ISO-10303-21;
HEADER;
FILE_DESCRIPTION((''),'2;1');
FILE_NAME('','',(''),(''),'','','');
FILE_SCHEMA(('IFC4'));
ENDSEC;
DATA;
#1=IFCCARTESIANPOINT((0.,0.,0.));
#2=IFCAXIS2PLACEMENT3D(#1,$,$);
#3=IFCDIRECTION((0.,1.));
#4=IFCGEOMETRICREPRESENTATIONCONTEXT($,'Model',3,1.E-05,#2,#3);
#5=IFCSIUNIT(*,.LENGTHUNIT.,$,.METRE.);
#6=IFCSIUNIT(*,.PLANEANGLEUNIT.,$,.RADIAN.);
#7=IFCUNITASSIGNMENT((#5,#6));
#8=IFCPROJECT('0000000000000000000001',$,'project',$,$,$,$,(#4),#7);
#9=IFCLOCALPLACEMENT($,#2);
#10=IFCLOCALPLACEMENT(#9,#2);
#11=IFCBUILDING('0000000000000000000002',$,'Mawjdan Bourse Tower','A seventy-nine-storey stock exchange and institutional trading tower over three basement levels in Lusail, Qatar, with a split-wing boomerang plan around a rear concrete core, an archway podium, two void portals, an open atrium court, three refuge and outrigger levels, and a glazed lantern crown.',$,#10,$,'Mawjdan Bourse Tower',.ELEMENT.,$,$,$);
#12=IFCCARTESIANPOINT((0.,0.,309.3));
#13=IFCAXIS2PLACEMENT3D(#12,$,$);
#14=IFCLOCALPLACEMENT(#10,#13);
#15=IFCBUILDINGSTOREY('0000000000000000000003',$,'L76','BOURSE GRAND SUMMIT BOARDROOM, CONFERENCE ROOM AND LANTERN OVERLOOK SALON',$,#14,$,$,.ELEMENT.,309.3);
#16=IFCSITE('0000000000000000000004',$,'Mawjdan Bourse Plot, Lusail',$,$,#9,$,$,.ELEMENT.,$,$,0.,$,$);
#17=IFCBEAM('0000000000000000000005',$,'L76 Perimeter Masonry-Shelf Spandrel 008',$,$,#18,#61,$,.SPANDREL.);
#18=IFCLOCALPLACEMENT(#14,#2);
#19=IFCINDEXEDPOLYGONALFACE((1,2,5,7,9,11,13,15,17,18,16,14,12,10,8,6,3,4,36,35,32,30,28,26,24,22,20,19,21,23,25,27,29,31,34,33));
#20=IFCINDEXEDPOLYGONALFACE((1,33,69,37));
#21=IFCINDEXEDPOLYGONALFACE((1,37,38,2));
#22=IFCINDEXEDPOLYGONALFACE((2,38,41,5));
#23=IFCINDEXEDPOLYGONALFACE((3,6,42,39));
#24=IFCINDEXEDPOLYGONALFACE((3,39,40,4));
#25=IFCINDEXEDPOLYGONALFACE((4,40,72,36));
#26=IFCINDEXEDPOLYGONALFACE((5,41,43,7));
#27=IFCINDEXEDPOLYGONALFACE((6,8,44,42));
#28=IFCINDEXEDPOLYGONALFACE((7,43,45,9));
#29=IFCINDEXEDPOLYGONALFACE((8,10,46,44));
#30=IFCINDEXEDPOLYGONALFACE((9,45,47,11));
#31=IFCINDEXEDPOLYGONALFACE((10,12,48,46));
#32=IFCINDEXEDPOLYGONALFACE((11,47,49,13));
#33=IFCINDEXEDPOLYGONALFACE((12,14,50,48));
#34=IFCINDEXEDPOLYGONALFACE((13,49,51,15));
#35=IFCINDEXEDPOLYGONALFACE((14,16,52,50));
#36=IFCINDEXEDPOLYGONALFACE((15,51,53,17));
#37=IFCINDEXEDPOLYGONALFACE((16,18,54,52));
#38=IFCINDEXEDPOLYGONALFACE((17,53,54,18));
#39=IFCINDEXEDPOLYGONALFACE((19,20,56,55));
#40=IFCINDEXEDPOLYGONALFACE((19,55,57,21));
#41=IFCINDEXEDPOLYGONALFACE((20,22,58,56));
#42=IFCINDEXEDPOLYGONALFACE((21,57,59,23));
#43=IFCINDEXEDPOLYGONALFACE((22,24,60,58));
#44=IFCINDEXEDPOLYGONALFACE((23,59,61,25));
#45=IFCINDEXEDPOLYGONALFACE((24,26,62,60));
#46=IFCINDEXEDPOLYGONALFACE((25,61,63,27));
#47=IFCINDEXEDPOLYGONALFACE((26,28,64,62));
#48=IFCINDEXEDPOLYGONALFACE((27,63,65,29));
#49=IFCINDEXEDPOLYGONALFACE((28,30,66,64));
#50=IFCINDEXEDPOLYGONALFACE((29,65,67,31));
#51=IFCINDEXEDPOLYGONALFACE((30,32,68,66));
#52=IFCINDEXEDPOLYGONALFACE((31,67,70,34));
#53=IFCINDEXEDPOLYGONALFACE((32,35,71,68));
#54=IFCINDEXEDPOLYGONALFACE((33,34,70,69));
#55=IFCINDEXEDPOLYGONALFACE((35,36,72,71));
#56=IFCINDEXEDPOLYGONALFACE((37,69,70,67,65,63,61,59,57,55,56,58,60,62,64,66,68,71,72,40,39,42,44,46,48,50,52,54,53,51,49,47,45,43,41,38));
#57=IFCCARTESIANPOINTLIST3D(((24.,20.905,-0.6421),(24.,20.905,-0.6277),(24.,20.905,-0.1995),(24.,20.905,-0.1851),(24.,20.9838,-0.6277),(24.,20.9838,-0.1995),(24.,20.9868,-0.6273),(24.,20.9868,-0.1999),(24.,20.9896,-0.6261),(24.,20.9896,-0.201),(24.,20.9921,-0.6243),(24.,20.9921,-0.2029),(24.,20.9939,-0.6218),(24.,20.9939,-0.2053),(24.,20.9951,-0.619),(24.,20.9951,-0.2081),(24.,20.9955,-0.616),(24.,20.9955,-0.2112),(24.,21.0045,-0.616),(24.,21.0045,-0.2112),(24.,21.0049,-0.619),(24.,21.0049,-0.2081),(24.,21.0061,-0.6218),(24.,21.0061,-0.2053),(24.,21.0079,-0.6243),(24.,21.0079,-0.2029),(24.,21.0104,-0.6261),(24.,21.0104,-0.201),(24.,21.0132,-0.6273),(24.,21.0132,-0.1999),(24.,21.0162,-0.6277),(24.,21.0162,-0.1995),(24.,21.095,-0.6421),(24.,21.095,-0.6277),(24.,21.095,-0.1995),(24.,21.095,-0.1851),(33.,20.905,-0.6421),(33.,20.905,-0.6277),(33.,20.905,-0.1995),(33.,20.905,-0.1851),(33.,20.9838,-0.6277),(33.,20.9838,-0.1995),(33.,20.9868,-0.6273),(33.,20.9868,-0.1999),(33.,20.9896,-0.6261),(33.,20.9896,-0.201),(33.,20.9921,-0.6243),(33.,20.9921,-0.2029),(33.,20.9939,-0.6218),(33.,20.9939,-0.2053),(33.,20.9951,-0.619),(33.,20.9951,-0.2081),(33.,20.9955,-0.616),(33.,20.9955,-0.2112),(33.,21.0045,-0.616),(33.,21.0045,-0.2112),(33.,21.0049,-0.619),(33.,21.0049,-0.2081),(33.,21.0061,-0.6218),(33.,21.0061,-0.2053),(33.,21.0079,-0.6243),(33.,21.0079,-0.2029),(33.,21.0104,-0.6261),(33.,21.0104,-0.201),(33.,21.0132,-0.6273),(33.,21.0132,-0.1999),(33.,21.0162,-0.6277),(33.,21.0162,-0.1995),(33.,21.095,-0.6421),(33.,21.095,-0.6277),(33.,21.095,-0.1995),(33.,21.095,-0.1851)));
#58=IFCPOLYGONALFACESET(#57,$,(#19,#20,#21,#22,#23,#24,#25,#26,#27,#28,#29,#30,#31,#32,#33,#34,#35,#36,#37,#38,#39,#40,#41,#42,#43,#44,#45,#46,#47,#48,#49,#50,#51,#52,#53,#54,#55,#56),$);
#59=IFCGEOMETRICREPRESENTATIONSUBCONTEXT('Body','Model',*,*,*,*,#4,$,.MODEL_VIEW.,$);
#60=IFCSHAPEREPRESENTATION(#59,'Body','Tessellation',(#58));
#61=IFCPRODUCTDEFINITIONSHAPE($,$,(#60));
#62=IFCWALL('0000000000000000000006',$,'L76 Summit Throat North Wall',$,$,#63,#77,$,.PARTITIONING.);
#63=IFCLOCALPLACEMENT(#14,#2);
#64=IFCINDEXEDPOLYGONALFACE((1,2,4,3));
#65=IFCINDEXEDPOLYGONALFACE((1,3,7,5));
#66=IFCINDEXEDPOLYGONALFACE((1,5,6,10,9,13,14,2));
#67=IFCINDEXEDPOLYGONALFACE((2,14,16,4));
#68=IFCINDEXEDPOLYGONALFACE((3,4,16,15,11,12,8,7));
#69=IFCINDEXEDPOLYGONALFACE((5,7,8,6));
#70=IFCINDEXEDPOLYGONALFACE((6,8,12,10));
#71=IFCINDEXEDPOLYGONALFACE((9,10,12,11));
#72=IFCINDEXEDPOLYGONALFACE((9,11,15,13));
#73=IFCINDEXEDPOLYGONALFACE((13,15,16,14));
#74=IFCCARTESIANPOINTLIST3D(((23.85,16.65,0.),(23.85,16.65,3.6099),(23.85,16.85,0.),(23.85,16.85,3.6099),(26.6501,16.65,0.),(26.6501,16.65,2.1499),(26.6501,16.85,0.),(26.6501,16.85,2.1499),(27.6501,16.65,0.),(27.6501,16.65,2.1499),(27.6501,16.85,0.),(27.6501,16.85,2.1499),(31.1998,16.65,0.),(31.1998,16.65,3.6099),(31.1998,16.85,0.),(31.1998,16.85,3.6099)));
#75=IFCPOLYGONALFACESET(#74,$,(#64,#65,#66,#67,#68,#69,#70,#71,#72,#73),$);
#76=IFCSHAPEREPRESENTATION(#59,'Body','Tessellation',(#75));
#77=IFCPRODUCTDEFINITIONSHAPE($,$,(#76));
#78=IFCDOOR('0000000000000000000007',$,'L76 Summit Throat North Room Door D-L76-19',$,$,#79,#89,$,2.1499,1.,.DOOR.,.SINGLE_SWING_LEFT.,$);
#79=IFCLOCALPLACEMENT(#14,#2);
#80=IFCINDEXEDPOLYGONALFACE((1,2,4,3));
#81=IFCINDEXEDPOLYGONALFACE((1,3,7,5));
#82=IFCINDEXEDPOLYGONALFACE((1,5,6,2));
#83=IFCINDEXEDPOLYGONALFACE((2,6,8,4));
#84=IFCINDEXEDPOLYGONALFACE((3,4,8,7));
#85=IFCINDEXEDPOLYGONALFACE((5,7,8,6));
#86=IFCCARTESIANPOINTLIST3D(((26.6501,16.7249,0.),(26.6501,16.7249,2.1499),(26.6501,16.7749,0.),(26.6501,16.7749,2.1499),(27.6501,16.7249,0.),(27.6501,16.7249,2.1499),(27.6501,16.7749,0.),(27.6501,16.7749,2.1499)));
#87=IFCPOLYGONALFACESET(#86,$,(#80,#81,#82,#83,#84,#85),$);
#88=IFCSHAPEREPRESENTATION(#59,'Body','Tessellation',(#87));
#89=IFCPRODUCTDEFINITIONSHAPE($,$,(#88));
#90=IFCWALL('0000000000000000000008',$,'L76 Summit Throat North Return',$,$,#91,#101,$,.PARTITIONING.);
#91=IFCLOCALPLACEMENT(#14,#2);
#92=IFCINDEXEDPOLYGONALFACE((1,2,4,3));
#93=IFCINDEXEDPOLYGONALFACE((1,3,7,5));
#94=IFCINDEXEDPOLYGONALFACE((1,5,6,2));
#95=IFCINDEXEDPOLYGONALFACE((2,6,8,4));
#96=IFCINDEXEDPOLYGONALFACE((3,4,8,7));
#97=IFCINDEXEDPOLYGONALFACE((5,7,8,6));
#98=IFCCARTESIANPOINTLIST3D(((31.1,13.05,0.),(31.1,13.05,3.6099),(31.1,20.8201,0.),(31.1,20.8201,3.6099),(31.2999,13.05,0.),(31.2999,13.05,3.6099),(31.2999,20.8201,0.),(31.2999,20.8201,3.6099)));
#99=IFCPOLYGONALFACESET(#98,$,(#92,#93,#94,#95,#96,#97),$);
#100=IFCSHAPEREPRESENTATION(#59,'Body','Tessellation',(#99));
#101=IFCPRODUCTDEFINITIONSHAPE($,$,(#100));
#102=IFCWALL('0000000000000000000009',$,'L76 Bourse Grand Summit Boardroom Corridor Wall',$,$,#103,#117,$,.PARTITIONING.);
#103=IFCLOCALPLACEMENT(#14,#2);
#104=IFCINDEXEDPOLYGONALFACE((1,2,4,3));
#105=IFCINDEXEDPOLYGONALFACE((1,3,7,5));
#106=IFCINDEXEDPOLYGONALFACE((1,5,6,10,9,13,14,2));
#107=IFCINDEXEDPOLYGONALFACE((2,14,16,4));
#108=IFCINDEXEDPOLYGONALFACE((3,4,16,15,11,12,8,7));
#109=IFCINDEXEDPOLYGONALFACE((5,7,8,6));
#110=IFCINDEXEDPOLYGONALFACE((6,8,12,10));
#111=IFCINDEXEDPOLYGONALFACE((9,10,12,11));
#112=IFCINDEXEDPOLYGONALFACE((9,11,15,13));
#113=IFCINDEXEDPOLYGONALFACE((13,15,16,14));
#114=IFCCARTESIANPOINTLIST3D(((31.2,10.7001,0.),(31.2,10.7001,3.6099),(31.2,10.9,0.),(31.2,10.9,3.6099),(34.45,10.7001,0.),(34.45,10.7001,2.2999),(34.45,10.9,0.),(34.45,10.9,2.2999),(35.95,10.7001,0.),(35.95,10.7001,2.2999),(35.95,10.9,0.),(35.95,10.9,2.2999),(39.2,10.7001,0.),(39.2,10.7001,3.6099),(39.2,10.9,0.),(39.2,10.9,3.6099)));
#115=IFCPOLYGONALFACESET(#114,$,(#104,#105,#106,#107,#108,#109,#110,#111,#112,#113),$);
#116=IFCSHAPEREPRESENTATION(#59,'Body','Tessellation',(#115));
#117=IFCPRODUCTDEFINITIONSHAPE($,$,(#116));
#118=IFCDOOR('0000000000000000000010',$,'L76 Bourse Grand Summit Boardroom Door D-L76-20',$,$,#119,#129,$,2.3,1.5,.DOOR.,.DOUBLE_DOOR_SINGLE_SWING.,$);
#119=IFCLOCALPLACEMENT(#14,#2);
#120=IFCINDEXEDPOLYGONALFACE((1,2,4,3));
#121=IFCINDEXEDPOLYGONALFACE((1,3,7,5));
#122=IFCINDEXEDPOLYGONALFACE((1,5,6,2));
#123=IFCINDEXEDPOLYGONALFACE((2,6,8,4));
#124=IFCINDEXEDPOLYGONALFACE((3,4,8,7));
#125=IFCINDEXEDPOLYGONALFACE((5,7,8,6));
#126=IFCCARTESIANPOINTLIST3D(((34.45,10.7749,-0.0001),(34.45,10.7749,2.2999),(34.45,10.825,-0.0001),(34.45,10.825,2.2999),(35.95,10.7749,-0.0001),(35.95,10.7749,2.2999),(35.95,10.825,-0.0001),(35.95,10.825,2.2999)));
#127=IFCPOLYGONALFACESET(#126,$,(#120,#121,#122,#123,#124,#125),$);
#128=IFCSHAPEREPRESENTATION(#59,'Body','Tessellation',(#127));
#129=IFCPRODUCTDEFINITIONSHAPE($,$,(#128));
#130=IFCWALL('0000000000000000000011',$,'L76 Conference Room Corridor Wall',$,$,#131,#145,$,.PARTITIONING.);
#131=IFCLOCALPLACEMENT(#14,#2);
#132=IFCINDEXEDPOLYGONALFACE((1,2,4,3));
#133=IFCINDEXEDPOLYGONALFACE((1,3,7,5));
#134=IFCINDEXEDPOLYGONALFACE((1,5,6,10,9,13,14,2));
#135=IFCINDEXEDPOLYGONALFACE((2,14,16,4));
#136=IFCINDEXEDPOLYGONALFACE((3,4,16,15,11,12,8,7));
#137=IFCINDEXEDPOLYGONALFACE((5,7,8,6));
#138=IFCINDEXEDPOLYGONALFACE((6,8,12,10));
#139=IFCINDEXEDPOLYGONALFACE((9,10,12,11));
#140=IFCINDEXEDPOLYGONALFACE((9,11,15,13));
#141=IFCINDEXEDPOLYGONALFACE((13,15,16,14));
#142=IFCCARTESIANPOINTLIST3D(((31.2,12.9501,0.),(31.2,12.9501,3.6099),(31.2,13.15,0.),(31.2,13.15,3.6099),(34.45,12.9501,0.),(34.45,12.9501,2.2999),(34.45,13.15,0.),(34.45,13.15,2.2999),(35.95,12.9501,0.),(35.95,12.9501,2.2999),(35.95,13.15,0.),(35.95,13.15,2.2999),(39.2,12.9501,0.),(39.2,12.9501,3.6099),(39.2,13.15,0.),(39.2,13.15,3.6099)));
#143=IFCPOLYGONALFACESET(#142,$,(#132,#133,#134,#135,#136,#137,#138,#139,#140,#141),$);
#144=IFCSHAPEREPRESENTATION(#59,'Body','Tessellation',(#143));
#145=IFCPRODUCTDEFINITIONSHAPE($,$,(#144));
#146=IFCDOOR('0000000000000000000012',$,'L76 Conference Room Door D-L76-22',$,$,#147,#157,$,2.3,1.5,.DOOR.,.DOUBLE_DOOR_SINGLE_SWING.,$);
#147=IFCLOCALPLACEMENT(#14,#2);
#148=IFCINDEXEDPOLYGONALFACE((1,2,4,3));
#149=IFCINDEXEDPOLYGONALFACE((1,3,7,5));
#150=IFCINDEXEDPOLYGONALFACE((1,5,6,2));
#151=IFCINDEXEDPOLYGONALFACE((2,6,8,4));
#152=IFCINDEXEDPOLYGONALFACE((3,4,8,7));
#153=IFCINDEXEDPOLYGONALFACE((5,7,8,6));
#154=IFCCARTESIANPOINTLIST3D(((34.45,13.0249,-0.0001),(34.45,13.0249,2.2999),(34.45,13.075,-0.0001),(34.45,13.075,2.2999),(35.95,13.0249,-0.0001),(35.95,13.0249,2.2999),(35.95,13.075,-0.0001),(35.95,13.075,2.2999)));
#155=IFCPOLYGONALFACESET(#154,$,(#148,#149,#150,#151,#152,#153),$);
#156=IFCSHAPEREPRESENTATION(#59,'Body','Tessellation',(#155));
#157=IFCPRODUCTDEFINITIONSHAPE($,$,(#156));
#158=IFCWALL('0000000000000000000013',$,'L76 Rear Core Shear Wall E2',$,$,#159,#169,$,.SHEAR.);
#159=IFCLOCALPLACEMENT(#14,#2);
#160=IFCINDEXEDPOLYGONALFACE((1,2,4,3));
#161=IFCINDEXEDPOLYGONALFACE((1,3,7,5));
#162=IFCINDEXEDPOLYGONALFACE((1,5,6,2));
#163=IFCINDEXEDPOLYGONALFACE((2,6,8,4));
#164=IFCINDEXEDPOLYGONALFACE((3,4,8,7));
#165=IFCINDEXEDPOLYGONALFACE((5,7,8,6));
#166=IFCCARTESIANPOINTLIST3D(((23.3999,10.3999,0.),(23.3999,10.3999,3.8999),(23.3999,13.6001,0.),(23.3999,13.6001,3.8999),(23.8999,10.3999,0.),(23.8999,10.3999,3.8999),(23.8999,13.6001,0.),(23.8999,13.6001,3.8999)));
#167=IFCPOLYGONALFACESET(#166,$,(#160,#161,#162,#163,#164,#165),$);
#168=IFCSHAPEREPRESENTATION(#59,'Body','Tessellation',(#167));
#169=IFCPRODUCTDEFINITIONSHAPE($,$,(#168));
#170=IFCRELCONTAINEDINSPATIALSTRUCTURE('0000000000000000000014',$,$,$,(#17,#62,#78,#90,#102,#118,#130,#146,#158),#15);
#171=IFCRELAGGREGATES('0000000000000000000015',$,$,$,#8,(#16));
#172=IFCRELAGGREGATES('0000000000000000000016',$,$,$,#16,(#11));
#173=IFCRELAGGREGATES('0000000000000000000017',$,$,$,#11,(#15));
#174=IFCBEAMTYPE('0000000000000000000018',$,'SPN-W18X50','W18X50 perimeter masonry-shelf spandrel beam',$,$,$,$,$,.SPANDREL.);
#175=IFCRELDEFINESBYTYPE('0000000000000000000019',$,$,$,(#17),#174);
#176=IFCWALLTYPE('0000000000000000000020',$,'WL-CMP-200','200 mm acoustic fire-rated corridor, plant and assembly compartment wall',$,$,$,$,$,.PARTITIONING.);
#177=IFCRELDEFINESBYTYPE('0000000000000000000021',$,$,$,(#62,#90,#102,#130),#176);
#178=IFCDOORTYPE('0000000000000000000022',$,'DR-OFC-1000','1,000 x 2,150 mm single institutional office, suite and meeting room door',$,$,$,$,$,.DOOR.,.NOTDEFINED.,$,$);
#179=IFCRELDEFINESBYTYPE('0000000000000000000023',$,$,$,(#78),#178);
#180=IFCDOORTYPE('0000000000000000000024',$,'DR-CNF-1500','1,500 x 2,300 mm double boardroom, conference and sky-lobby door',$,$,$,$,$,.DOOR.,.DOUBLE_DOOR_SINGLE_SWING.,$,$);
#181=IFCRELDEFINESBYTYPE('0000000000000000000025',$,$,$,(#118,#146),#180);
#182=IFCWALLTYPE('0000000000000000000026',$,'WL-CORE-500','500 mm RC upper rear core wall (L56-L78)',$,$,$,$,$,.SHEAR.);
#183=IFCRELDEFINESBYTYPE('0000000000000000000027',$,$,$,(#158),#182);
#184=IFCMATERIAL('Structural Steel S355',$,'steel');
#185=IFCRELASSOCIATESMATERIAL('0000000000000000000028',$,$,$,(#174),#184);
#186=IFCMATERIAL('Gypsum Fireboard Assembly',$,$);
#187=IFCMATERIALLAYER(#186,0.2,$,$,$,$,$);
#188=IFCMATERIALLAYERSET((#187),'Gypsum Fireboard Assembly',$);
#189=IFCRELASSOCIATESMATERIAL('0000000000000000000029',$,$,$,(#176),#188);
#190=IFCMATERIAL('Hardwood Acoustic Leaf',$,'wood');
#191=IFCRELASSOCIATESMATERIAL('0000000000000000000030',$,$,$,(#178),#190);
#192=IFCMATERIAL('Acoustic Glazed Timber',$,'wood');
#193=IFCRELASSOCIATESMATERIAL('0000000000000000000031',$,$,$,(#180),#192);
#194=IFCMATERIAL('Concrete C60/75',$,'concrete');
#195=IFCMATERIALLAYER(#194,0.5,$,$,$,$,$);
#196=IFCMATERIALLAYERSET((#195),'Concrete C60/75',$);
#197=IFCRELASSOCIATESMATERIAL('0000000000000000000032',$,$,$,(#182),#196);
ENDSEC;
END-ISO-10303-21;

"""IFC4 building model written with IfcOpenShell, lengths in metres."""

from ifc_helpers import new_model, si_unit, direction, frame, frame_2d, origin, origin_2d, place, context, subcontext, project, spatial, rectangle, i_section, extrude, material, layer, layer_set, material_profile, profile_set, type_object, element, fill, save


model = new_model("IFC4")

# Units and contexts
model_context = context("Model", 3, precision=1e-05, world=origin(), true_north=direction((0.0, 1.0)))
body_context = subcontext(model_context, "Body", "Model", "MODEL_VIEW")
ifc_project = project(units=[si_unit("LENGTHUNIT", "METRE"), si_unit("PLANEANGLEUNIT", "RADIAN")], contexts=[model_context])

# Site, building, storey
site_placement = place(None, origin())
site = spatial("IfcSite", under=ifc_project, at=site_placement, Name="Mawjdan Bourse Plot, Lusail", CompositionType="ELEMENT", RefElevation=0.0)
building_placement = place(site_placement, origin())
building = spatial("IfcBuilding", under=site, at=building_placement, Name="Mawjdan Bourse Tower", Description="A seventy-nine-storey stock exchange and institutional trading tower over three basement levels in Lusail, Qatar, with a split-wing boomerang plan around a rear concrete core, an archway podium, two void portals, an open atrium court, three refuge and outrigger levels, and a glazed lantern crown.", LongName="Mawjdan Bourse Tower", CompositionType="ELEMENT")
storey_placement = place(building_placement, frame((0.0, 0.0, 309.3)))
storey = spatial("IfcBuildingStorey", under=building, at=storey_placement, Name="L76", Description="BOURSE GRAND SUMMIT BOARDROOM, CONFERENCE ROOM AND LANTERN OVERLOOK SALON", CompositionType="ELEMENT", Elevation=309.3)

# Shared definitions
ifc_material_1 = material(Name="Concrete C60/75", Category="concrete")

# Beam
ifc_material_2 = material(Name="Structural Steel S355", Category="steel")
ifc_material_profile_1 = material_profile(ifc_material_2, i_section(OverallWidth=0.1899, OverallDepth=0.457, WebThickness=0.009, FlangeThickness=0.0144, FilletRadius=0.0117, at=origin_2d()), Name="W18X50")
ifc_profile_set_1 = profile_set([ifc_material_profile_1], Name="Structural Steel S355")
beam_type_1 = type_object("IfcBeamType", Name="SPN-W18X50", Description="W18X50 perimeter masonry-shelf spandrel beam", PredefinedType="SPANDREL", material=ifc_profile_set_1)
beam_1_placement = place(storey_placement, frame((24.0, 21.0, -0.4136), z_axis=(1.0, 0.0, 0.0), x_axis=(0.0, 1.0, 0.0)))
element("IfcBeam", 1, at=beam_1_placement, inside=storey, type_object=beam_type_1, Name="L76 Perimeter Masonry-Shelf Spandrel 008", PredefinedType="SPANDREL", context=body_context, shape_type="SweptSolid", body=[
    extrude(i_section(OverallWidth=0.1899, OverallDepth=0.457, WebThickness=0.009, FlangeThickness=0.0144, FilletRadius=0.0117, at=origin_2d()), origin(), (0.0, 0.0, 1.0), 9.0),
])

# Wall, opening, door
ifc_material_3 = material(Name="Gypsum Fireboard Assembly")
ifc_layer_1 = layer(ifc_material_3, 0.2)
ifc_layer_set_1 = layer_set([ifc_layer_1], Name="Gypsum Fireboard Assembly")
wall_type_1 = type_object("IfcWallType", Name="WL-CMP-200", Description="200 mm acoustic fire-rated corridor, plant and assembly compartment wall", PredefinedType="PARTITIONING", material=ifc_layer_set_1)
wall_1_placement = place(storey_placement, frame((23.8501, 16.75, 0.0), z_axis=(0.0, 0.0, 1.0), x_axis=(1.0, 0.0, 0.0)))
wall_1 = element("IfcWall", 2, at=wall_1_placement, inside=storey, type_object=wall_type_1, Name="L76 Summit Throat North Wall", PredefinedType="PARTITIONING", context=body_context, shape_type="SweptSolid", body=[
    extrude(rectangle(XDim=7.3499, YDim=0.2, at=frame_2d((3.6748, 0.0))), origin(), (0.0, 0.0, 1.0), 3.6099),
])
opening_1_placement = place(wall_1_placement, frame((2.8, 0.0, 0.0)))
opening_1 = element("IfcOpeningElement", 3, at=opening_1_placement, cuts=wall_1, PredefinedType="OPENING", context=body_context, shape_type="SweptSolid", body=[
    extrude(rectangle(XDim=1.0, YDim=2.1499, at=frame_2d((0.5, 1.075))), frame((0.0, 0.1099, 0.0), z_axis=(0.0, -1.0, 0.0), x_axis=(1.0, 0.0, 0.0)), (0.0, 0.0, 1.0), 0.22),
])
ifc_material_4 = material(Name="Hardwood Acoustic Leaf", Category="wood")
door_type_1 = type_object("IfcDoorType", Name="DR-OFC-1000", Description="1,000 x 2,150 mm single institutional office, suite and meeting room door", OperationType="NOTDEFINED", PredefinedType="DOOR", material=ifc_material_4)
door_1_placement = place(opening_1_placement, origin())
door_1 = element("IfcDoor", 4, at=door_1_placement, inside=storey, type_object=door_type_1, Name="L76 Summit Throat North Room Door D-L76-19", OperationType="SINGLE_SWING_LEFT", OverallHeight=2.1499, OverallWidth=1.0, PredefinedType="DOOR", context=body_context, shape_type="SweptSolid", body=[
    extrude(rectangle(XDim=1.0, YDim=2.1499, at=frame_2d((0.5, 1.075))), frame((0.0, 0.0249, 0.0), z_axis=(0.0, -1.0, 0.0), x_axis=(1.0, 0.0, 0.0)), (0.0, 0.0, 1.0), 0.05),
])
fill(opening_1, door_1)

# Wall
wall_2_placement = place(storey_placement, frame((31.2, 13.05, 0.0), z_axis=(0.0, 0.0, 1.0), x_axis=(0.0, 1.0, 0.0)))
element("IfcWall", 5, at=wall_2_placement, inside=storey, type_object=wall_type_1, Name="L76 Summit Throat North Return", PredefinedType="PARTITIONING", context=body_context, shape_type="SweptSolid", body=[
    extrude(rectangle(XDim=7.77, YDim=0.2, at=frame_2d((3.885, 0.0))), origin(), (0.0, 0.0, 1.0), 3.6099),
])

# Walls, openings, doors
wall_3_placement = place(storey_placement, frame((31.2, 10.8, 0.0), z_axis=(0.0, 0.0, 1.0), x_axis=(1.0, 0.0, 0.0)))
wall_3 = element("IfcWall", 6, at=wall_3_placement, inside=storey, type_object=wall_type_1, Name="L76 Bourse Grand Summit Boardroom Corridor Wall", PredefinedType="PARTITIONING", context=body_context, shape_type="SweptSolid", body=[
    extrude(rectangle(XDim=8.0, YDim=0.2, at=frame_2d((4.0, 0.0))), origin(), (0.0, 0.0, 1.0), 3.6099),
])
opening_2_placement = place(wall_3_placement, frame((3.25, 0.0, 0.0)))
opening_2 = element("IfcOpeningElement", 7, at=opening_2_placement, cuts=wall_3, PredefinedType="OPENING", context=body_context, shape_type="SweptSolid", body=[
    extrude(rectangle(XDim=1.5, YDim=2.3, at=frame_2d((0.75, 1.1499))), frame((0.0, 0.1099, 0.0), z_axis=(0.0, -1.0, 0.0), x_axis=(1.0, 0.0, 0.0)), (0.0, 0.0, 1.0), 0.22),
])
ifc_material_5 = material(Name="Acoustic Glazed Timber", Category="wood")
door_type_2 = type_object("IfcDoorType", Name="DR-CNF-1500", Description="1,500 x 2,300 mm double boardroom, conference and sky-lobby door", OperationType="DOUBLE_DOOR_SINGLE_SWING", PredefinedType="DOOR", material=ifc_material_5)
door_2_placement = place(opening_2_placement, origin())
door_2 = element("IfcDoor", 8, at=door_2_placement, inside=storey, type_object=door_type_2, Name="L76 Bourse Grand Summit Boardroom Door D-L76-20", OperationType="DOUBLE_DOOR_SINGLE_SWING", OverallHeight=2.3, OverallWidth=1.5, PredefinedType="DOOR", context=body_context, shape_type="SweptSolid", body=[
    extrude(rectangle(XDim=1.5, YDim=2.3, at=frame_2d((0.75, 1.1499))), frame((0.0, 0.0249, 0.0), z_axis=(0.0, -1.0, 0.0), x_axis=(1.0, 0.0, 0.0)), (0.0, 0.0, 1.0), 0.05),
])
fill(opening_2, door_2)
wall_4_placement = place(storey_placement, frame((31.2, 13.05, 0.0), z_axis=(0.0, 0.0, 1.0), x_axis=(1.0, 0.0, 0.0)))
wall_4 = element("IfcWall", 9, at=wall_4_placement, inside=storey, type_object=wall_type_1, Name="L76 Conference Room Corridor Wall", PredefinedType="PARTITIONING", context=body_context, shape_type="SweptSolid", body=[
    extrude(rectangle(XDim=8.0, YDim=0.2, at=frame_2d((4.0, 0.0))), origin(), (0.0, 0.0, 1.0), 3.6099),
])
opening_3_placement = place(wall_4_placement, frame((3.25, 0.0, 0.0)))
opening_3 = element("IfcOpeningElement", 10, at=opening_3_placement, cuts=wall_4, PredefinedType="OPENING", context=body_context, shape_type="SweptSolid", body=[
    extrude(rectangle(XDim=1.5, YDim=2.3, at=frame_2d((0.75, 1.1499))), frame((0.0, 0.1099, 0.0), z_axis=(0.0, -1.0, 0.0), x_axis=(1.0, 0.0, 0.0)), (0.0, 0.0, 1.0), 0.22),
])
door_3_placement = place(opening_3_placement, origin())
door_3 = element("IfcDoor", 11, at=door_3_placement, inside=storey, type_object=door_type_2, Name="L76 Conference Room Door D-L76-22", OperationType="DOUBLE_DOOR_SINGLE_SWING", OverallHeight=2.3, OverallWidth=1.5, PredefinedType="DOOR", context=body_context, shape_type="SweptSolid", body=[
    extrude(rectangle(XDim=1.5, YDim=2.3, at=frame_2d((0.75, 1.1499))), frame((0.0, 0.0249, 0.0), z_axis=(0.0, -1.0, 0.0), x_axis=(1.0, 0.0, 0.0)), (0.0, 0.0, 1.0), 0.05),
])
fill(opening_3, door_3)

# Wall
ifc_layer_2 = layer(ifc_material_1, 0.5)
ifc_layer_set_2 = layer_set([ifc_layer_2], Name="Concrete C60/75")
wall_type_2 = type_object("IfcWallType", Name="WL-CORE-500", Description="500 mm RC upper rear core wall (L56-L78)", PredefinedType="SHEAR", material=ifc_layer_set_2)
wall_5_placement = place(storey_placement, frame((23.6499, 10.3999, 0.0), z_axis=(0.0, 0.0, 1.0), x_axis=(0.0, 1.0, 0.0)))
element("IfcWall", 12, at=wall_5_placement, inside=storey, type_object=wall_type_2, Name="L76 Rear Core Shear Wall E2", PredefinedType="SHEAR", context=body_context, shape_type="SweptSolid", body=[
    extrude(rectangle(XDim=3.2002, YDim=0.5, at=frame_2d((1.6001, 0.0))), origin(), (0.0, 0.0, 1.0), 3.8999),
])

save(model, "model.ifc")
